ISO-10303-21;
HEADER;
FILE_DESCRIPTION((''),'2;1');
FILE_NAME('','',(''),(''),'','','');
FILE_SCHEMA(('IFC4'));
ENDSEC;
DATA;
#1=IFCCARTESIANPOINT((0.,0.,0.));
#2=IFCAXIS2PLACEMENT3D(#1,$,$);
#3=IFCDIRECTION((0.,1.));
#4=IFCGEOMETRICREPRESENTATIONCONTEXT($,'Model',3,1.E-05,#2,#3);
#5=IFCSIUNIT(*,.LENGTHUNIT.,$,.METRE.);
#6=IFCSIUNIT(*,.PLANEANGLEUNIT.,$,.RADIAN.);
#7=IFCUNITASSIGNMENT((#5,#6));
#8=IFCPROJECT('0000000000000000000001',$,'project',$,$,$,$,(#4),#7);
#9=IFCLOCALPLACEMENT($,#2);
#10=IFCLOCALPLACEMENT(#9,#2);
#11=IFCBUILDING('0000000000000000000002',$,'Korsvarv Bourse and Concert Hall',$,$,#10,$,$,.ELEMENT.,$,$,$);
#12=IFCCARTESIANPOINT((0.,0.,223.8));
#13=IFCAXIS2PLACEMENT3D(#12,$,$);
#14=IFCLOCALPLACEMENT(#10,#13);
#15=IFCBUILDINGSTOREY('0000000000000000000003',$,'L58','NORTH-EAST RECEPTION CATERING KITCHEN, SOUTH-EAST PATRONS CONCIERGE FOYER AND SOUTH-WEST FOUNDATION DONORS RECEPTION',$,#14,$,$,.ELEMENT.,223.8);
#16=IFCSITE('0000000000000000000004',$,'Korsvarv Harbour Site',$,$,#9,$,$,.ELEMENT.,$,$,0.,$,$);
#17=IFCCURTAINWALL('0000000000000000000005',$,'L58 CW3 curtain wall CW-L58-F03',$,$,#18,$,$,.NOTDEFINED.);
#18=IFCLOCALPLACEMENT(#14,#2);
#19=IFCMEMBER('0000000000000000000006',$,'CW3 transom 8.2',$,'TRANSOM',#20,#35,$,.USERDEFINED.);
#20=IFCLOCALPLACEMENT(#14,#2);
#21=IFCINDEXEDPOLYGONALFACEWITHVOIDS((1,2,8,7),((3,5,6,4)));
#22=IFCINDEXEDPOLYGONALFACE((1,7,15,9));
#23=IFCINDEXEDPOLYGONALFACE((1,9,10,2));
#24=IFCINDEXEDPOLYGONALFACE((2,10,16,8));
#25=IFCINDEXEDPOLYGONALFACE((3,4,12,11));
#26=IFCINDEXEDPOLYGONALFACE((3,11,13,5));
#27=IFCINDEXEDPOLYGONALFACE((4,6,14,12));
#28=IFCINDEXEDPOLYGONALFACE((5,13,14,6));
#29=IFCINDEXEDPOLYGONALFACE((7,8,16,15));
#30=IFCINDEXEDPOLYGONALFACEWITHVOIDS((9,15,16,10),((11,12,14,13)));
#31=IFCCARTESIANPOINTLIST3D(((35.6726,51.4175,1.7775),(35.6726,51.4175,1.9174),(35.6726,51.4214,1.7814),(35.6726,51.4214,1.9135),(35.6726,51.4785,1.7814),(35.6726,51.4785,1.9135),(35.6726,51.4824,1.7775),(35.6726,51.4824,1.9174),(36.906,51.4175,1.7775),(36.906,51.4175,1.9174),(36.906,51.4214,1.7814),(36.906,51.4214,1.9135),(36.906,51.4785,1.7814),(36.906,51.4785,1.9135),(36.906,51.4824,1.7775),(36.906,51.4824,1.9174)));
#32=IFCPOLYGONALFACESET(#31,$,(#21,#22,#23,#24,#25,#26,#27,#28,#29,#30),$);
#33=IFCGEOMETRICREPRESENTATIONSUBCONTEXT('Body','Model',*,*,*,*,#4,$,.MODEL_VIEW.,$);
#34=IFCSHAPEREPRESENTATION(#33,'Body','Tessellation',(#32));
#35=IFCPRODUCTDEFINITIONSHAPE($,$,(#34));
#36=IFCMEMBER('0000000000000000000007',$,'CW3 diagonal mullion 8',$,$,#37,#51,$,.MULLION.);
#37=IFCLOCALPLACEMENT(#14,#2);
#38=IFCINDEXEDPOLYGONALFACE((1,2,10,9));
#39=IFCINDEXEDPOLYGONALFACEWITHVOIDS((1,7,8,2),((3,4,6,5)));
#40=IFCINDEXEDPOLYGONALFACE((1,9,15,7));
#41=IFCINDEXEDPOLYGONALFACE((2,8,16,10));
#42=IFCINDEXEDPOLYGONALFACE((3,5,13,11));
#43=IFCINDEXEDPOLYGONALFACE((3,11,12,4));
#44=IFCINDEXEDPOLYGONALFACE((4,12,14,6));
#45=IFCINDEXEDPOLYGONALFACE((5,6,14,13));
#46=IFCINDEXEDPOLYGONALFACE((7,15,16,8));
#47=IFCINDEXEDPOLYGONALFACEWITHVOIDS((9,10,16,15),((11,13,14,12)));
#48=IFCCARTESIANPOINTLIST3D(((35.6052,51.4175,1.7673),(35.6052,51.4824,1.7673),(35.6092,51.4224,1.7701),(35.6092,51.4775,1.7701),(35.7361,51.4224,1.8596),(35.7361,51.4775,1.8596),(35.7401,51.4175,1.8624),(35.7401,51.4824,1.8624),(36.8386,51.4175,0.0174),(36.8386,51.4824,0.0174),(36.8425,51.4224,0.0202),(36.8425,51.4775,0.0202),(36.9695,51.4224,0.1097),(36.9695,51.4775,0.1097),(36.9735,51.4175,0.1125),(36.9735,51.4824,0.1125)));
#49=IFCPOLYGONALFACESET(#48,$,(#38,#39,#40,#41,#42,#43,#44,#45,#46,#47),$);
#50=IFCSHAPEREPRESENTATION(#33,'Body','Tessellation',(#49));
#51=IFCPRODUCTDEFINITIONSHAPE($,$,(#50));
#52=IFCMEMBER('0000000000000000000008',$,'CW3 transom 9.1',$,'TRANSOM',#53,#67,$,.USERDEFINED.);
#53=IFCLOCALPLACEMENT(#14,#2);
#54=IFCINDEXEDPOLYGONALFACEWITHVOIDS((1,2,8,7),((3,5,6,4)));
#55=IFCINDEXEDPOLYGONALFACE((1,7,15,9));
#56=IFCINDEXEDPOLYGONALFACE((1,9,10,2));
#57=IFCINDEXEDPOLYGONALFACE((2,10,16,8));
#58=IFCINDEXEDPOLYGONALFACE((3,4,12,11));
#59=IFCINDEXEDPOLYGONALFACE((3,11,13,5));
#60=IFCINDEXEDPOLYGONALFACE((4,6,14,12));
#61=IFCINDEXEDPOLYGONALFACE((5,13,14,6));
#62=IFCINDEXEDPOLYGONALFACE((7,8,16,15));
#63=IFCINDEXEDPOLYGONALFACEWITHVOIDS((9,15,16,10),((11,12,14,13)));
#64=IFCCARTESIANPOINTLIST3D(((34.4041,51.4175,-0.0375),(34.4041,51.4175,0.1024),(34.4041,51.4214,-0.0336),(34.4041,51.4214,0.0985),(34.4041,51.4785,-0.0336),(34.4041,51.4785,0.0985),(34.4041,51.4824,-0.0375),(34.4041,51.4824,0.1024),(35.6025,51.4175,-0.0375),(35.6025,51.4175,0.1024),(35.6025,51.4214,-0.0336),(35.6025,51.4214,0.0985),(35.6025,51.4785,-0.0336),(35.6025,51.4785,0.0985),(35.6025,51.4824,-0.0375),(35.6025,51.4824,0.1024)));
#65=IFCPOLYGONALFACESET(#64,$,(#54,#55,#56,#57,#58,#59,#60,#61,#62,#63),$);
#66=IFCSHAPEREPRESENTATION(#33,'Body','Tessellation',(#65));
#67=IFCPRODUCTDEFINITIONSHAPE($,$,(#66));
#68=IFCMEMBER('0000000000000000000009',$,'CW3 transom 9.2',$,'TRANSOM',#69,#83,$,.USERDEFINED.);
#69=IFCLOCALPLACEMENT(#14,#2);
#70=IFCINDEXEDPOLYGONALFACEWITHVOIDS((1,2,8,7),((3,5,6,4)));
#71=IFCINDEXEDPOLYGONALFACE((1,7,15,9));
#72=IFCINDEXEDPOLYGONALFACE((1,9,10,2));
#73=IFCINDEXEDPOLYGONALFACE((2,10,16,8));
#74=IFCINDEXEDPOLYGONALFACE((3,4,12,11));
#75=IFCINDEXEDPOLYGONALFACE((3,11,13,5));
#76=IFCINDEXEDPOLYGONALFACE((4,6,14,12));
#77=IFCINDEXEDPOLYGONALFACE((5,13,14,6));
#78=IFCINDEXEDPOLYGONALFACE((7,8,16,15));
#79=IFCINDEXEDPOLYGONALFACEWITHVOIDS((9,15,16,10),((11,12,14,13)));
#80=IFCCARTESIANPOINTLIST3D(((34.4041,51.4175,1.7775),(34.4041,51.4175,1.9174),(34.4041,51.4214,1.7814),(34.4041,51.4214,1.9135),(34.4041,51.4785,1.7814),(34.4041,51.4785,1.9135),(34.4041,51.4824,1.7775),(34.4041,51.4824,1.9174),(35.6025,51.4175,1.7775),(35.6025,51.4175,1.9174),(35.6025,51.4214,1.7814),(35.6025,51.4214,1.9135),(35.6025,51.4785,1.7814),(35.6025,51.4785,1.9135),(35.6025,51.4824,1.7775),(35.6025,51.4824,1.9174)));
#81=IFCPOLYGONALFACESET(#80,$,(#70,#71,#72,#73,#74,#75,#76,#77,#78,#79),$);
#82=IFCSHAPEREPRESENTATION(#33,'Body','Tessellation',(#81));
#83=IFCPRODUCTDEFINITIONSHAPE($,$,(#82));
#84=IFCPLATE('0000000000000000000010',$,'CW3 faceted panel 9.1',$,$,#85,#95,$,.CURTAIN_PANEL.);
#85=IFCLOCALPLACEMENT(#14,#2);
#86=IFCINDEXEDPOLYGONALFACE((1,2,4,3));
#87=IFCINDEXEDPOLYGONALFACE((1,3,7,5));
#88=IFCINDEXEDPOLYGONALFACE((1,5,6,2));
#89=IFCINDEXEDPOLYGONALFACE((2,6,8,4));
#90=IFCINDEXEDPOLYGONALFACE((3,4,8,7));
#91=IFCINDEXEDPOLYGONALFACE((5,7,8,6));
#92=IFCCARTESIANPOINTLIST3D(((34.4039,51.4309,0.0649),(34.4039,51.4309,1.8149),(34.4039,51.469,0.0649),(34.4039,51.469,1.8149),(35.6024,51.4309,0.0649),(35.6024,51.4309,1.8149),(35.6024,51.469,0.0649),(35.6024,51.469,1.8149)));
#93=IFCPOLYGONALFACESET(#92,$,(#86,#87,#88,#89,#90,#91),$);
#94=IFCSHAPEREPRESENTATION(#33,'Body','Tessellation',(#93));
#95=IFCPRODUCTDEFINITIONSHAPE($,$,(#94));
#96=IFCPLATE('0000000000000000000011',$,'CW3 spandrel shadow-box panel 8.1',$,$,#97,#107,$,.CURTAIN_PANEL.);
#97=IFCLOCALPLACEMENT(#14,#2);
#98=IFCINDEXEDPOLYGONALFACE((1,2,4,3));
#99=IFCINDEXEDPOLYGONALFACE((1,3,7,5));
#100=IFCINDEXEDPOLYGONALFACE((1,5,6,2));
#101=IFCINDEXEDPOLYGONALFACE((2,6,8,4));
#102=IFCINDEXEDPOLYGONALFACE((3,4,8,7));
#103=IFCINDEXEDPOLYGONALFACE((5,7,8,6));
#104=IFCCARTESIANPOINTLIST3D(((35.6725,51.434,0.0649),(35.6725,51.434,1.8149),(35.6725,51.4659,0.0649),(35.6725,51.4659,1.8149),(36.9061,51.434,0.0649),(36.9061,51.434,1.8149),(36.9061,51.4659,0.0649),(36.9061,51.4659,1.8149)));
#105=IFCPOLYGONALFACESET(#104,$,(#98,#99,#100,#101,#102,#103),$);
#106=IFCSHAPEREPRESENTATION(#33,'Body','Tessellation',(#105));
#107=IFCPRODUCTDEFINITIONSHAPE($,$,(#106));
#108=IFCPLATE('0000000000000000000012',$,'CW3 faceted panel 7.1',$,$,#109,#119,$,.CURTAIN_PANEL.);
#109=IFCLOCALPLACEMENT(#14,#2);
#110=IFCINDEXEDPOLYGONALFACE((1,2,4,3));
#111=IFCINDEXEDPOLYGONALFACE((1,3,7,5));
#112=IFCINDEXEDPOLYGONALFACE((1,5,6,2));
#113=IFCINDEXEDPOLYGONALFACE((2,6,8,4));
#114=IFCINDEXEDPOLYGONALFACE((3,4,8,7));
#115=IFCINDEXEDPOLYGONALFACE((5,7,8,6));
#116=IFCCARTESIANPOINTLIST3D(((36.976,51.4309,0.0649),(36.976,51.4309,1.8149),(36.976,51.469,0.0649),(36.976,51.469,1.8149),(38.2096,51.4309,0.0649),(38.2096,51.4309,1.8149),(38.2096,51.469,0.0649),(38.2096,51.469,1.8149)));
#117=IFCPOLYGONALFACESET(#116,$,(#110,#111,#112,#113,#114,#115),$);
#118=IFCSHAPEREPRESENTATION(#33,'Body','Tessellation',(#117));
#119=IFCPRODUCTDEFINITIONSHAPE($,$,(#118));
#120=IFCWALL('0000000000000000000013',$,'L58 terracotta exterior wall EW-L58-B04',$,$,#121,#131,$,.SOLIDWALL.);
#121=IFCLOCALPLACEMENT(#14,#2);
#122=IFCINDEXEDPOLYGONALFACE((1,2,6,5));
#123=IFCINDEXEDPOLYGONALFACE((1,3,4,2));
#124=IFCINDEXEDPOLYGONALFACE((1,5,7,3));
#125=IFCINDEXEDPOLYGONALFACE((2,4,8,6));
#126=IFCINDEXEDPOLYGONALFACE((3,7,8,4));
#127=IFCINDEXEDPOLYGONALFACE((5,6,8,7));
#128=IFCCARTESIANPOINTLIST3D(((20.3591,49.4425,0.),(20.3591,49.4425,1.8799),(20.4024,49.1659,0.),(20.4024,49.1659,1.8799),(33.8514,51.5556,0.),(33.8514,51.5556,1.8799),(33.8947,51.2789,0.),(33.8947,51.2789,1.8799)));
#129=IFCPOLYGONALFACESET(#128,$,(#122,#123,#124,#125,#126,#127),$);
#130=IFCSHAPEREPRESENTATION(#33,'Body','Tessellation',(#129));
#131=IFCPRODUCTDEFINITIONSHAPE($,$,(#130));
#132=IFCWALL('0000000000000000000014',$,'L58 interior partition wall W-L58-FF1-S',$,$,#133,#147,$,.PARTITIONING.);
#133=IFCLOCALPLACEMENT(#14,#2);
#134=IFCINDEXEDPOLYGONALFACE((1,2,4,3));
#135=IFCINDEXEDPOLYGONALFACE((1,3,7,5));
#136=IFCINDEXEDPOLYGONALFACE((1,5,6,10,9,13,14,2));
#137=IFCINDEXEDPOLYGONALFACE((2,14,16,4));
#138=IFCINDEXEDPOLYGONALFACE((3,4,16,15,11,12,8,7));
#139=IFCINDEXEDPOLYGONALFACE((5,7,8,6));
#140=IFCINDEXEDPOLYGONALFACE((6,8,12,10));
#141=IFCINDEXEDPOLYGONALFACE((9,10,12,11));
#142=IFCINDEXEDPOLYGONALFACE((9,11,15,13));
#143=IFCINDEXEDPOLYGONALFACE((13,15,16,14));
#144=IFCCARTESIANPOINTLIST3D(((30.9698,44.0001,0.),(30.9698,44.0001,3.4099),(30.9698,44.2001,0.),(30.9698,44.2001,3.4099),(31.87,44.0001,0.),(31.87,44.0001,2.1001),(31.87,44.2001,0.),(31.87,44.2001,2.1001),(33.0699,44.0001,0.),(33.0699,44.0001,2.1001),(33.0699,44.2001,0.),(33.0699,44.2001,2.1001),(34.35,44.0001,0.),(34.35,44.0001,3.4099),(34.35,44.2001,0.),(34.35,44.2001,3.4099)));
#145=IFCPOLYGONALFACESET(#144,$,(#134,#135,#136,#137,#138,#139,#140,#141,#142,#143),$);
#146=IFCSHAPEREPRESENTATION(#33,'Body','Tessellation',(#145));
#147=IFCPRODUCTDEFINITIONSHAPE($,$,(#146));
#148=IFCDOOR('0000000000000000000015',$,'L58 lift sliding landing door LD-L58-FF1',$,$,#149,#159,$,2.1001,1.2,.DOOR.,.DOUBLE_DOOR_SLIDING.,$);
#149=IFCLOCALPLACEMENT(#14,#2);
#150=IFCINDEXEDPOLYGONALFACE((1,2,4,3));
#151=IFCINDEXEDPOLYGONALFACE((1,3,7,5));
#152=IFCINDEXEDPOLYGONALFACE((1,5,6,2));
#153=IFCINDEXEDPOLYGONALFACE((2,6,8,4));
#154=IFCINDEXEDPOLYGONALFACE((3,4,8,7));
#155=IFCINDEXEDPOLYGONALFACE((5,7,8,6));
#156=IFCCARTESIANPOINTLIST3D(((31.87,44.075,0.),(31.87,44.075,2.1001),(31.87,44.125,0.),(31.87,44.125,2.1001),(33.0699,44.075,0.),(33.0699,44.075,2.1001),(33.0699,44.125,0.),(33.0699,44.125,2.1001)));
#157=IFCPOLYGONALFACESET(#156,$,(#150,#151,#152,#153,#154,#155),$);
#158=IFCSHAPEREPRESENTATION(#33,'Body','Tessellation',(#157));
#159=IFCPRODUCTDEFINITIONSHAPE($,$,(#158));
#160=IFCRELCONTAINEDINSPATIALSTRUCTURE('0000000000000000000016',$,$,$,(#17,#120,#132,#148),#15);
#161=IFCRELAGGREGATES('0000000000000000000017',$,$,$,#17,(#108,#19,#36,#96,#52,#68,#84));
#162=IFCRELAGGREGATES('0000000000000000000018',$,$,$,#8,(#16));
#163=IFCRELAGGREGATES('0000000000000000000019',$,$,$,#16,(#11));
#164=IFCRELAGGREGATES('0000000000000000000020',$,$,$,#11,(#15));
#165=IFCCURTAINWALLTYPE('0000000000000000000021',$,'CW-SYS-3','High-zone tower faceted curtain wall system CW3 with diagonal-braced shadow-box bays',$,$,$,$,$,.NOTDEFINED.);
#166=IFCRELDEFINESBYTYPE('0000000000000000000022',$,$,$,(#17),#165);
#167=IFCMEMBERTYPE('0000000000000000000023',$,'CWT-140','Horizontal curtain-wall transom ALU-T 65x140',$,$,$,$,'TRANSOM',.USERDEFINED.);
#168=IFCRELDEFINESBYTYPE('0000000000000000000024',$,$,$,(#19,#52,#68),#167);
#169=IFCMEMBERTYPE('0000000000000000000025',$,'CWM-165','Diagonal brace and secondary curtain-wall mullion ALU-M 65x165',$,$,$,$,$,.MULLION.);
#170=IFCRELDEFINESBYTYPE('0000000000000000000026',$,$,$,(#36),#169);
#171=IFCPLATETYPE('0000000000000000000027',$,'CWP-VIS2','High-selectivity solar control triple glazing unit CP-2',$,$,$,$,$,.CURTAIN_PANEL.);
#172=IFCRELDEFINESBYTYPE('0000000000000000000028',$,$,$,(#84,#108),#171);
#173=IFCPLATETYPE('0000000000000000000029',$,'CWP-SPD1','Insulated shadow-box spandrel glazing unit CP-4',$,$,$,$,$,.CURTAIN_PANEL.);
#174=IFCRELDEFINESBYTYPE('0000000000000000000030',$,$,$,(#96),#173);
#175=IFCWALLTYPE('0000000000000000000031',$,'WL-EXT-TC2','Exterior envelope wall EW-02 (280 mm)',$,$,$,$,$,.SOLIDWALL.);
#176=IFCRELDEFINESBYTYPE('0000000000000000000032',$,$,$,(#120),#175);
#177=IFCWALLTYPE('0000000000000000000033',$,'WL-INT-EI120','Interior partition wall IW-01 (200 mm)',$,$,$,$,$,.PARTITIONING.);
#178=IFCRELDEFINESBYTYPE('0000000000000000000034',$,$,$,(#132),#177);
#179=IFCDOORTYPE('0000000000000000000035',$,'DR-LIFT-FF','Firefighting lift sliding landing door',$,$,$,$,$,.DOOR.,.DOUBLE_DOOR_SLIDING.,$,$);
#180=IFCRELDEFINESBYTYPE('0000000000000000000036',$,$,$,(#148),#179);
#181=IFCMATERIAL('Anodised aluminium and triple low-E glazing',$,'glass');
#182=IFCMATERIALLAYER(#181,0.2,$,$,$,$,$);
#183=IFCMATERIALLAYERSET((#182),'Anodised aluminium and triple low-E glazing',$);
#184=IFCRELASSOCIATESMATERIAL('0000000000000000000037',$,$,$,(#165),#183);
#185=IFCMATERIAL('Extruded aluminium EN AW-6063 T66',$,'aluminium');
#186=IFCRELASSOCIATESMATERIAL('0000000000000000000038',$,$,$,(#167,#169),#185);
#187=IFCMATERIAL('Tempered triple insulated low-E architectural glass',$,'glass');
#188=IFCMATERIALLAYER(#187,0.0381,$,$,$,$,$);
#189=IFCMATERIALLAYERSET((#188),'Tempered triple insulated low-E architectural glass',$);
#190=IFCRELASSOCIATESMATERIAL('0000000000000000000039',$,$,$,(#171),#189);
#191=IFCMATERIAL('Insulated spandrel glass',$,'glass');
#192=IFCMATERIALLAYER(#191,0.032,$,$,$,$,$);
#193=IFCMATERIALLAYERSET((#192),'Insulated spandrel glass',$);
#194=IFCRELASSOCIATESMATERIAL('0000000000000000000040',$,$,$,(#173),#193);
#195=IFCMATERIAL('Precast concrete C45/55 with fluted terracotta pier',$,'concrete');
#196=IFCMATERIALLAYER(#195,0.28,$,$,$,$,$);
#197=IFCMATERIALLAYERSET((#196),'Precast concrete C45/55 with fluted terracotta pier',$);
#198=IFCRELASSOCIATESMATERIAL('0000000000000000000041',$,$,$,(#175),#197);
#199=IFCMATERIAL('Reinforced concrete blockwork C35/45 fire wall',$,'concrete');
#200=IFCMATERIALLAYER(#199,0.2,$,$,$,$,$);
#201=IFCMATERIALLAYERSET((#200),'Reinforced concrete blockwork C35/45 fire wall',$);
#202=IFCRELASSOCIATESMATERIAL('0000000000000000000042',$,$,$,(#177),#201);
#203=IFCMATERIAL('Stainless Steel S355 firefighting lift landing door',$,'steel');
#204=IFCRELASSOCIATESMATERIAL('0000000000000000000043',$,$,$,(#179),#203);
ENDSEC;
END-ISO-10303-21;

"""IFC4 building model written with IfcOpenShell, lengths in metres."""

from ifc_helpers import new_model, si_unit, direction, frame, frame_2d, origin, origin_2d, place, context, subcontext, project, spatial, rectangle, hollow_rectangle, extrude, source, transform, mapped, material, layer, layer_set, material_profile, profile_set, type_object, element, fill, aggregate, save


model = new_model("IFC4")

# Units and contexts
model_context = context("Model", 3, precision=1e-05, world=origin(), true_north=direction((0.0, 1.0)))
body_context = subcontext(model_context, "Body", "Model", "MODEL_VIEW")
ifc_project = project(units=[si_unit("LENGTHUNIT", "METRE"), si_unit("PLANEANGLEUNIT", "RADIAN")], contexts=[model_context])

# Site, building, storey
site_placement = place(None, origin())
site = spatial("IfcSite", under=ifc_project, at=site_placement, Name="Korsvarv Harbour Site", CompositionType="ELEMENT", RefElevation=0.0)
building_placement = place(site_placement, origin())
building = spatial("IfcBuilding", under=site, at=building_placement, Name="Korsvarv Bourse and Concert Hall", CompositionType="ELEMENT")
storey_placement = place(building_placement, frame((0.0, 0.0, 223.8)))
storey = spatial("IfcBuildingStorey", under=building, at=storey_placement, Name="L58", Description="NORTH-EAST RECEPTION CATERING KITCHEN, SOUTH-EAST PATRONS CONCIERGE FOYER AND SOUTH-WEST FOUNDATION DONORS RECEPTION", CompositionType="ELEMENT", Elevation=223.8)

# Curtain wall, members, plates
ifc_material_1 = material(Name="Anodised aluminium and triple low-E glazing", Category="glass")
ifc_layer_1 = layer(ifc_material_1, 0.2)
ifc_layer_set_1 = layer_set([ifc_layer_1], Name="Anodised aluminium and triple low-E glazing")
curtain_wall_type = type_object("IfcCurtainWallType", Name="CW-SYS-3", Description="High-zone tower faceted curtain wall system CW3 with diagonal-braced shadow-box bays", PredefinedType="NOTDEFINED", material=ifc_layer_set_1)
curtain_wall_placement = place(storey_placement, origin())
curtain_wall = element("IfcCurtainWall", 1, at=curtain_wall_placement, inside=storey, type_object=curtain_wall_type, Name="L58 CW3 curtain wall CW-L58-F03", PredefinedType="NOTDEFINED")
ifc_material_2 = material(Name="Extruded aluminium EN AW-6063 T66", Category="aluminium")
ifc_material_profile_1 = material_profile(ifc_material_2, hollow_rectangle(XDim=0.0649, YDim=0.1399, WallThickness=0.0039, at=origin_2d()), Name="ALU-T 65x140")
ifc_profile_set_1 = profile_set([ifc_material_profile_1], Name="Extruded aluminium EN AW-6063 T66")
member_type_1 = type_object("IfcMemberType", Name="CWT-140", Description="Horizontal curtain-wall transom ALU-T 65x140", ElementType="TRANSOM", PredefinedType="USERDEFINED", material=ifc_profile_set_1)
shared_shape_1 = source(origin(), body_context, "Body", "SweptSolid", [
    extrude(hollow_rectangle(XDim=0.0649, YDim=0.1399, WallThickness=0.0039, at=origin_2d()), origin(), (0.0, 0.0, 1.0), 1.2334),
])
member_1_placement = place(storey_placement, frame((36.906, 51.45, 1.8474), z_axis=(-1.0, 0.0, 0.0), x_axis=(0.0, -1.0, 0.0)))
member_1 = element("IfcMember", 2, at=member_1_placement, type_object=member_type_1, Name="CW3 transom 8.2", ObjectType="TRANSOM", PredefinedType="USERDEFINED", context=body_context, shape_type="MappedRepresentation", body=[
    mapped(shared_shape_1, transform((0.0, 0.0, 0.0), scale=1.0)),
])
ifc_material_profile_2 = material_profile(ifc_material_2, hollow_rectangle(XDim=0.0649, YDim=0.165, WallThickness=0.0049, at=origin_2d()), Name="ALU-M 65x165")
ifc_profile_set_2 = profile_set([ifc_material_profile_2], Name="Extruded aluminium EN AW-6063 T66")
member_type_2 = type_object("IfcMemberType", Name="CWM-165", Description="Diagonal brace and secondary curtain-wall mullion ALU-M 65x165", PredefinedType="MULLION", material=ifc_profile_set_2)
shared_shape_2 = source(origin(), body_context, "Body", "SweptSolid", [
    extrude(hollow_rectangle(XDim=0.0649, YDim=0.165, WallThickness=0.0049, at=origin_2d()), origin(), (0.0, 0.0, 1.0), 2.1409),
])
member_2_placement = place(storey_placement, frame((36.906, 51.45, 0.0649), z_axis=(-0.576092, 0.0, 0.817385), x_axis=(0.0, -1.0, 0.0)))
member_2 = element("IfcMember", 3, at=member_2_placement, type_object=member_type_2, Name="CW3 diagonal mullion 8", PredefinedType="MULLION", context=body_context, shape_type="MappedRepresentation", body=[
    mapped(shared_shape_2, transform((0.0, 0.0, 0.0), scale=1.0)),
])
shared_shape_3 = source(origin(), body_context, "Body", "SweptSolid", [
    extrude(hollow_rectangle(XDim=0.0649, YDim=0.1399, WallThickness=0.0039, at=origin_2d()), origin(), (0.0, 0.0, 1.0), 1.1985),
])
member_3_placement = place(storey_placement, frame((35.6025, 51.45, 0.0325), z_axis=(-1.0, 0.0, 0.0), x_axis=(0.0, -1.0, 0.0)))
member_3 = element("IfcMember", 4, at=member_3_placement, type_object=member_type_1, Name="CW3 transom 9.1", ObjectType="TRANSOM", PredefinedType="USERDEFINED", context=body_context, shape_type="MappedRepresentation", body=[
    mapped(shared_shape_3, transform((0.0, 0.0, 0.0), scale=1.0)),
])
member_4_placement = place(storey_placement, frame((35.6025, 51.45, 1.8474), z_axis=(-1.0, 0.0, 0.0), x_axis=(0.0, -1.0, 0.0)))
member_4 = element("IfcMember", 5, at=member_4_placement, type_object=member_type_1, Name="CW3 transom 9.2", ObjectType="TRANSOM", PredefinedType="USERDEFINED", context=body_context, shape_type="MappedRepresentation", body=[
    mapped(shared_shape_3, transform((0.0, 0.0, 0.0), scale=1.0)),
])
ifc_material_3 = material(Name="Tempered triple insulated low-E architectural glass", Category="glass")
ifc_layer_2 = layer(ifc_material_3, 0.0381)
ifc_layer_set_2 = layer_set([ifc_layer_2], Name="Tempered triple insulated low-E architectural glass")
plate_type_1 = type_object("IfcPlateType", Name="CWP-VIS2", Description="High-selectivity solar control triple glazing unit CP-2", PredefinedType="CURTAIN_PANEL", material=ifc_layer_set_2)
shared_shape_4 = source(origin(), body_context, "Body", "SweptSolid", [
    extrude(rectangle(XDim=1.1985, YDim=0.0381, at=origin_2d()), origin(), (0.0, 0.0, 1.0), 1.75),
])
plate_1_placement = place(storey_placement, frame((35.0032, 51.45, 0.0649), z_axis=(0.0, 0.0, 1.0), x_axis=(-1.0, 0.0, 0.0)))
plate_1 = element("IfcPlate", 6, at=plate_1_placement, type_object=plate_type_1, Name="CW3 faceted panel 9.1", PredefinedType="CURTAIN_PANEL", context=body_context, shape_type="MappedRepresentation", body=[
    mapped(shared_shape_4, transform((0.0, 0.0, 0.0), scale=1.0)),
])
ifc_material_4 = material(Name="Insulated spandrel glass", Category="glass")
ifc_layer_3 = layer(ifc_material_4, 0.032)
ifc_layer_set_3 = layer_set([ifc_layer_3], Name="Insulated spandrel glass")
plate_type_2 = type_object("IfcPlateType", Name="CWP-SPD1", Description="Insulated shadow-box spandrel glazing unit CP-4", PredefinedType="CURTAIN_PANEL", material=ifc_layer_set_3)
shared_shape_5 = source(origin(), body_context, "Body", "SweptSolid", [
    extrude(rectangle(XDim=1.2336, YDim=0.032, at=origin_2d()), origin(), (0.0, 0.0, 1.0), 1.75),
])
plate_2_placement = place(storey_placement, frame((36.2893, 51.45, 0.0649), z_axis=(0.0, 0.0, 1.0), x_axis=(-1.0, 0.0, 0.0)))
plate_2 = element("IfcPlate", 7, at=plate_2_placement, type_object=plate_type_2, Name="CW3 spandrel shadow-box panel 8.1", PredefinedType="CURTAIN_PANEL", context=body_context, shape_type="MappedRepresentation", body=[
    mapped(shared_shape_5, transform((0.0, 0.0, 0.0), scale=1.0)),
])
shared_shape_6 = source(origin(), body_context, "Body", "SweptSolid", [
    extrude(rectangle(XDim=1.2336, YDim=0.0381, at=origin_2d()), origin(), (0.0, 0.0, 1.0), 1.75),
])
plate_3_placement = place(storey_placement, frame((37.5928, 51.45, 0.0649), z_axis=(0.0, 0.0, 1.0), x_axis=(-1.0, 0.0, 0.0)))
plate_3 = element("IfcPlate", 8, at=plate_3_placement, type_object=plate_type_1, Name="CW3 faceted panel 7.1", PredefinedType="CURTAIN_PANEL", context=body_context, shape_type="MappedRepresentation", body=[
    mapped(shared_shape_6, transform((0.0, 0.0, 0.0), scale=1.0)),
])
aggregate(curtain_wall, [plate_3, member_1, member_2, plate_2, member_3, member_4, plate_1])

# Wall
ifc_material_5 = material(Name="Precast concrete C45/55 with fluted terracotta pier", Category="concrete")
ifc_layer_4 = layer(ifc_material_5, 0.28)
ifc_layer_set_4 = layer_set([ifc_layer_4], Name="Precast concrete C45/55 with fluted terracotta pier")
wall_type_1 = type_object("IfcWallType", Name="WL-EXT-TC2", Description="Exterior envelope wall EW-02 (280 mm)", PredefinedType="SOLIDWALL", material=ifc_layer_set_4)
wall_1_placement = place(storey_placement, frame((33.873, 51.4172, 0.0), z_axis=(0.0, 0.0, 1.0), x_axis=(-0.987957, -0.154726, 0.0)))
element("IfcWall", 9, at=wall_1_placement, inside=storey, type_object=wall_type_1, Name="L58 terracotta exterior wall EW-L58-B04", PredefinedType="SOLIDWALL", context=body_context, shape_type="SweptSolid", body=[
    extrude(rectangle(XDim=13.6567, YDim=0.28, at=frame_2d((6.8284, 0.0))), origin(), (0.0, 0.0, 1.0), 1.8799),
])

# Wall, opening, door
ifc_material_6 = material(Name="Reinforced concrete blockwork C35/45 fire wall", Category="concrete")
ifc_layer_5 = layer(ifc_material_6, 0.2)
ifc_layer_set_5 = layer_set([ifc_layer_5], Name="Reinforced concrete blockwork C35/45 fire wall")
wall_type_2 = type_object("IfcWallType", Name="WL-INT-EI120", Description="Interior partition wall IW-01 (200 mm)", PredefinedType="PARTITIONING", material=ifc_layer_set_5)
wall_2_placement = place(storey_placement, frame((30.97, 44.1001, 0.0), z_axis=(0.0, 0.0, 1.0), x_axis=(1.0, 0.0, 0.0)))
wall_2 = element("IfcWall", 10, at=wall_2_placement, inside=storey, type_object=wall_type_2, Name="L58 interior partition wall W-L58-FF1-S", PredefinedType="PARTITIONING", context=body_context, shape_type="SweptSolid", body=[
    extrude(rectangle(XDim=3.3801, YDim=0.2, at=frame_2d((1.6899, 0.0))), origin(), (0.0, 0.0, 1.0), 3.4099),
])
opening_1_placement = place(wall_2_placement, frame((0.8999, 0.0, 0.0)))
opening_1 = element("IfcOpeningElement", 11, at=opening_1_placement, cuts=wall_2, PredefinedType="OPENING", context=body_context, shape_type="SweptSolid", body=[
    extrude(rectangle(XDim=1.2, YDim=2.1001, at=frame_2d((0.6001, 1.05))), frame((0.0, 0.1099, 0.0), z_axis=(0.0, -1.0, 0.0), x_axis=(1.0, 0.0, 0.0)), (0.0, 0.0, 1.0), 0.22),
])
ifc_material_7 = material(Name="Stainless Steel S355 firefighting lift landing door", Category="steel")
door_type = type_object("IfcDoorType", Name="DR-LIFT-FF", Description="Firefighting lift sliding landing door", OperationType="DOUBLE_DOOR_SLIDING", PredefinedType="DOOR", material=ifc_material_7)
door_1_placement = place(opening_1_placement, origin())
door_1 = element("IfcDoor", 12, at=door_1_placement, inside=storey, type_object=door_type, Name="L58 lift sliding landing door LD-L58-FF1", OperationType="DOUBLE_DOOR_SLIDING", OverallHeight=2.1001, OverallWidth=1.2, PredefinedType="DOOR", context=body_context, shape_type="SweptSolid", body=[
    extrude(rectangle(XDim=1.2, YDim=2.1001, at=frame_2d((0.6001, 1.05))), frame((0.0, 0.0249, 0.0), z_axis=(0.0, -1.0, 0.0), x_axis=(1.0, 0.0, 0.0)), (0.0, 0.0, 1.0), 0.05),
])
fill(opening_1, door_1)

save(model, "model.ifc")
